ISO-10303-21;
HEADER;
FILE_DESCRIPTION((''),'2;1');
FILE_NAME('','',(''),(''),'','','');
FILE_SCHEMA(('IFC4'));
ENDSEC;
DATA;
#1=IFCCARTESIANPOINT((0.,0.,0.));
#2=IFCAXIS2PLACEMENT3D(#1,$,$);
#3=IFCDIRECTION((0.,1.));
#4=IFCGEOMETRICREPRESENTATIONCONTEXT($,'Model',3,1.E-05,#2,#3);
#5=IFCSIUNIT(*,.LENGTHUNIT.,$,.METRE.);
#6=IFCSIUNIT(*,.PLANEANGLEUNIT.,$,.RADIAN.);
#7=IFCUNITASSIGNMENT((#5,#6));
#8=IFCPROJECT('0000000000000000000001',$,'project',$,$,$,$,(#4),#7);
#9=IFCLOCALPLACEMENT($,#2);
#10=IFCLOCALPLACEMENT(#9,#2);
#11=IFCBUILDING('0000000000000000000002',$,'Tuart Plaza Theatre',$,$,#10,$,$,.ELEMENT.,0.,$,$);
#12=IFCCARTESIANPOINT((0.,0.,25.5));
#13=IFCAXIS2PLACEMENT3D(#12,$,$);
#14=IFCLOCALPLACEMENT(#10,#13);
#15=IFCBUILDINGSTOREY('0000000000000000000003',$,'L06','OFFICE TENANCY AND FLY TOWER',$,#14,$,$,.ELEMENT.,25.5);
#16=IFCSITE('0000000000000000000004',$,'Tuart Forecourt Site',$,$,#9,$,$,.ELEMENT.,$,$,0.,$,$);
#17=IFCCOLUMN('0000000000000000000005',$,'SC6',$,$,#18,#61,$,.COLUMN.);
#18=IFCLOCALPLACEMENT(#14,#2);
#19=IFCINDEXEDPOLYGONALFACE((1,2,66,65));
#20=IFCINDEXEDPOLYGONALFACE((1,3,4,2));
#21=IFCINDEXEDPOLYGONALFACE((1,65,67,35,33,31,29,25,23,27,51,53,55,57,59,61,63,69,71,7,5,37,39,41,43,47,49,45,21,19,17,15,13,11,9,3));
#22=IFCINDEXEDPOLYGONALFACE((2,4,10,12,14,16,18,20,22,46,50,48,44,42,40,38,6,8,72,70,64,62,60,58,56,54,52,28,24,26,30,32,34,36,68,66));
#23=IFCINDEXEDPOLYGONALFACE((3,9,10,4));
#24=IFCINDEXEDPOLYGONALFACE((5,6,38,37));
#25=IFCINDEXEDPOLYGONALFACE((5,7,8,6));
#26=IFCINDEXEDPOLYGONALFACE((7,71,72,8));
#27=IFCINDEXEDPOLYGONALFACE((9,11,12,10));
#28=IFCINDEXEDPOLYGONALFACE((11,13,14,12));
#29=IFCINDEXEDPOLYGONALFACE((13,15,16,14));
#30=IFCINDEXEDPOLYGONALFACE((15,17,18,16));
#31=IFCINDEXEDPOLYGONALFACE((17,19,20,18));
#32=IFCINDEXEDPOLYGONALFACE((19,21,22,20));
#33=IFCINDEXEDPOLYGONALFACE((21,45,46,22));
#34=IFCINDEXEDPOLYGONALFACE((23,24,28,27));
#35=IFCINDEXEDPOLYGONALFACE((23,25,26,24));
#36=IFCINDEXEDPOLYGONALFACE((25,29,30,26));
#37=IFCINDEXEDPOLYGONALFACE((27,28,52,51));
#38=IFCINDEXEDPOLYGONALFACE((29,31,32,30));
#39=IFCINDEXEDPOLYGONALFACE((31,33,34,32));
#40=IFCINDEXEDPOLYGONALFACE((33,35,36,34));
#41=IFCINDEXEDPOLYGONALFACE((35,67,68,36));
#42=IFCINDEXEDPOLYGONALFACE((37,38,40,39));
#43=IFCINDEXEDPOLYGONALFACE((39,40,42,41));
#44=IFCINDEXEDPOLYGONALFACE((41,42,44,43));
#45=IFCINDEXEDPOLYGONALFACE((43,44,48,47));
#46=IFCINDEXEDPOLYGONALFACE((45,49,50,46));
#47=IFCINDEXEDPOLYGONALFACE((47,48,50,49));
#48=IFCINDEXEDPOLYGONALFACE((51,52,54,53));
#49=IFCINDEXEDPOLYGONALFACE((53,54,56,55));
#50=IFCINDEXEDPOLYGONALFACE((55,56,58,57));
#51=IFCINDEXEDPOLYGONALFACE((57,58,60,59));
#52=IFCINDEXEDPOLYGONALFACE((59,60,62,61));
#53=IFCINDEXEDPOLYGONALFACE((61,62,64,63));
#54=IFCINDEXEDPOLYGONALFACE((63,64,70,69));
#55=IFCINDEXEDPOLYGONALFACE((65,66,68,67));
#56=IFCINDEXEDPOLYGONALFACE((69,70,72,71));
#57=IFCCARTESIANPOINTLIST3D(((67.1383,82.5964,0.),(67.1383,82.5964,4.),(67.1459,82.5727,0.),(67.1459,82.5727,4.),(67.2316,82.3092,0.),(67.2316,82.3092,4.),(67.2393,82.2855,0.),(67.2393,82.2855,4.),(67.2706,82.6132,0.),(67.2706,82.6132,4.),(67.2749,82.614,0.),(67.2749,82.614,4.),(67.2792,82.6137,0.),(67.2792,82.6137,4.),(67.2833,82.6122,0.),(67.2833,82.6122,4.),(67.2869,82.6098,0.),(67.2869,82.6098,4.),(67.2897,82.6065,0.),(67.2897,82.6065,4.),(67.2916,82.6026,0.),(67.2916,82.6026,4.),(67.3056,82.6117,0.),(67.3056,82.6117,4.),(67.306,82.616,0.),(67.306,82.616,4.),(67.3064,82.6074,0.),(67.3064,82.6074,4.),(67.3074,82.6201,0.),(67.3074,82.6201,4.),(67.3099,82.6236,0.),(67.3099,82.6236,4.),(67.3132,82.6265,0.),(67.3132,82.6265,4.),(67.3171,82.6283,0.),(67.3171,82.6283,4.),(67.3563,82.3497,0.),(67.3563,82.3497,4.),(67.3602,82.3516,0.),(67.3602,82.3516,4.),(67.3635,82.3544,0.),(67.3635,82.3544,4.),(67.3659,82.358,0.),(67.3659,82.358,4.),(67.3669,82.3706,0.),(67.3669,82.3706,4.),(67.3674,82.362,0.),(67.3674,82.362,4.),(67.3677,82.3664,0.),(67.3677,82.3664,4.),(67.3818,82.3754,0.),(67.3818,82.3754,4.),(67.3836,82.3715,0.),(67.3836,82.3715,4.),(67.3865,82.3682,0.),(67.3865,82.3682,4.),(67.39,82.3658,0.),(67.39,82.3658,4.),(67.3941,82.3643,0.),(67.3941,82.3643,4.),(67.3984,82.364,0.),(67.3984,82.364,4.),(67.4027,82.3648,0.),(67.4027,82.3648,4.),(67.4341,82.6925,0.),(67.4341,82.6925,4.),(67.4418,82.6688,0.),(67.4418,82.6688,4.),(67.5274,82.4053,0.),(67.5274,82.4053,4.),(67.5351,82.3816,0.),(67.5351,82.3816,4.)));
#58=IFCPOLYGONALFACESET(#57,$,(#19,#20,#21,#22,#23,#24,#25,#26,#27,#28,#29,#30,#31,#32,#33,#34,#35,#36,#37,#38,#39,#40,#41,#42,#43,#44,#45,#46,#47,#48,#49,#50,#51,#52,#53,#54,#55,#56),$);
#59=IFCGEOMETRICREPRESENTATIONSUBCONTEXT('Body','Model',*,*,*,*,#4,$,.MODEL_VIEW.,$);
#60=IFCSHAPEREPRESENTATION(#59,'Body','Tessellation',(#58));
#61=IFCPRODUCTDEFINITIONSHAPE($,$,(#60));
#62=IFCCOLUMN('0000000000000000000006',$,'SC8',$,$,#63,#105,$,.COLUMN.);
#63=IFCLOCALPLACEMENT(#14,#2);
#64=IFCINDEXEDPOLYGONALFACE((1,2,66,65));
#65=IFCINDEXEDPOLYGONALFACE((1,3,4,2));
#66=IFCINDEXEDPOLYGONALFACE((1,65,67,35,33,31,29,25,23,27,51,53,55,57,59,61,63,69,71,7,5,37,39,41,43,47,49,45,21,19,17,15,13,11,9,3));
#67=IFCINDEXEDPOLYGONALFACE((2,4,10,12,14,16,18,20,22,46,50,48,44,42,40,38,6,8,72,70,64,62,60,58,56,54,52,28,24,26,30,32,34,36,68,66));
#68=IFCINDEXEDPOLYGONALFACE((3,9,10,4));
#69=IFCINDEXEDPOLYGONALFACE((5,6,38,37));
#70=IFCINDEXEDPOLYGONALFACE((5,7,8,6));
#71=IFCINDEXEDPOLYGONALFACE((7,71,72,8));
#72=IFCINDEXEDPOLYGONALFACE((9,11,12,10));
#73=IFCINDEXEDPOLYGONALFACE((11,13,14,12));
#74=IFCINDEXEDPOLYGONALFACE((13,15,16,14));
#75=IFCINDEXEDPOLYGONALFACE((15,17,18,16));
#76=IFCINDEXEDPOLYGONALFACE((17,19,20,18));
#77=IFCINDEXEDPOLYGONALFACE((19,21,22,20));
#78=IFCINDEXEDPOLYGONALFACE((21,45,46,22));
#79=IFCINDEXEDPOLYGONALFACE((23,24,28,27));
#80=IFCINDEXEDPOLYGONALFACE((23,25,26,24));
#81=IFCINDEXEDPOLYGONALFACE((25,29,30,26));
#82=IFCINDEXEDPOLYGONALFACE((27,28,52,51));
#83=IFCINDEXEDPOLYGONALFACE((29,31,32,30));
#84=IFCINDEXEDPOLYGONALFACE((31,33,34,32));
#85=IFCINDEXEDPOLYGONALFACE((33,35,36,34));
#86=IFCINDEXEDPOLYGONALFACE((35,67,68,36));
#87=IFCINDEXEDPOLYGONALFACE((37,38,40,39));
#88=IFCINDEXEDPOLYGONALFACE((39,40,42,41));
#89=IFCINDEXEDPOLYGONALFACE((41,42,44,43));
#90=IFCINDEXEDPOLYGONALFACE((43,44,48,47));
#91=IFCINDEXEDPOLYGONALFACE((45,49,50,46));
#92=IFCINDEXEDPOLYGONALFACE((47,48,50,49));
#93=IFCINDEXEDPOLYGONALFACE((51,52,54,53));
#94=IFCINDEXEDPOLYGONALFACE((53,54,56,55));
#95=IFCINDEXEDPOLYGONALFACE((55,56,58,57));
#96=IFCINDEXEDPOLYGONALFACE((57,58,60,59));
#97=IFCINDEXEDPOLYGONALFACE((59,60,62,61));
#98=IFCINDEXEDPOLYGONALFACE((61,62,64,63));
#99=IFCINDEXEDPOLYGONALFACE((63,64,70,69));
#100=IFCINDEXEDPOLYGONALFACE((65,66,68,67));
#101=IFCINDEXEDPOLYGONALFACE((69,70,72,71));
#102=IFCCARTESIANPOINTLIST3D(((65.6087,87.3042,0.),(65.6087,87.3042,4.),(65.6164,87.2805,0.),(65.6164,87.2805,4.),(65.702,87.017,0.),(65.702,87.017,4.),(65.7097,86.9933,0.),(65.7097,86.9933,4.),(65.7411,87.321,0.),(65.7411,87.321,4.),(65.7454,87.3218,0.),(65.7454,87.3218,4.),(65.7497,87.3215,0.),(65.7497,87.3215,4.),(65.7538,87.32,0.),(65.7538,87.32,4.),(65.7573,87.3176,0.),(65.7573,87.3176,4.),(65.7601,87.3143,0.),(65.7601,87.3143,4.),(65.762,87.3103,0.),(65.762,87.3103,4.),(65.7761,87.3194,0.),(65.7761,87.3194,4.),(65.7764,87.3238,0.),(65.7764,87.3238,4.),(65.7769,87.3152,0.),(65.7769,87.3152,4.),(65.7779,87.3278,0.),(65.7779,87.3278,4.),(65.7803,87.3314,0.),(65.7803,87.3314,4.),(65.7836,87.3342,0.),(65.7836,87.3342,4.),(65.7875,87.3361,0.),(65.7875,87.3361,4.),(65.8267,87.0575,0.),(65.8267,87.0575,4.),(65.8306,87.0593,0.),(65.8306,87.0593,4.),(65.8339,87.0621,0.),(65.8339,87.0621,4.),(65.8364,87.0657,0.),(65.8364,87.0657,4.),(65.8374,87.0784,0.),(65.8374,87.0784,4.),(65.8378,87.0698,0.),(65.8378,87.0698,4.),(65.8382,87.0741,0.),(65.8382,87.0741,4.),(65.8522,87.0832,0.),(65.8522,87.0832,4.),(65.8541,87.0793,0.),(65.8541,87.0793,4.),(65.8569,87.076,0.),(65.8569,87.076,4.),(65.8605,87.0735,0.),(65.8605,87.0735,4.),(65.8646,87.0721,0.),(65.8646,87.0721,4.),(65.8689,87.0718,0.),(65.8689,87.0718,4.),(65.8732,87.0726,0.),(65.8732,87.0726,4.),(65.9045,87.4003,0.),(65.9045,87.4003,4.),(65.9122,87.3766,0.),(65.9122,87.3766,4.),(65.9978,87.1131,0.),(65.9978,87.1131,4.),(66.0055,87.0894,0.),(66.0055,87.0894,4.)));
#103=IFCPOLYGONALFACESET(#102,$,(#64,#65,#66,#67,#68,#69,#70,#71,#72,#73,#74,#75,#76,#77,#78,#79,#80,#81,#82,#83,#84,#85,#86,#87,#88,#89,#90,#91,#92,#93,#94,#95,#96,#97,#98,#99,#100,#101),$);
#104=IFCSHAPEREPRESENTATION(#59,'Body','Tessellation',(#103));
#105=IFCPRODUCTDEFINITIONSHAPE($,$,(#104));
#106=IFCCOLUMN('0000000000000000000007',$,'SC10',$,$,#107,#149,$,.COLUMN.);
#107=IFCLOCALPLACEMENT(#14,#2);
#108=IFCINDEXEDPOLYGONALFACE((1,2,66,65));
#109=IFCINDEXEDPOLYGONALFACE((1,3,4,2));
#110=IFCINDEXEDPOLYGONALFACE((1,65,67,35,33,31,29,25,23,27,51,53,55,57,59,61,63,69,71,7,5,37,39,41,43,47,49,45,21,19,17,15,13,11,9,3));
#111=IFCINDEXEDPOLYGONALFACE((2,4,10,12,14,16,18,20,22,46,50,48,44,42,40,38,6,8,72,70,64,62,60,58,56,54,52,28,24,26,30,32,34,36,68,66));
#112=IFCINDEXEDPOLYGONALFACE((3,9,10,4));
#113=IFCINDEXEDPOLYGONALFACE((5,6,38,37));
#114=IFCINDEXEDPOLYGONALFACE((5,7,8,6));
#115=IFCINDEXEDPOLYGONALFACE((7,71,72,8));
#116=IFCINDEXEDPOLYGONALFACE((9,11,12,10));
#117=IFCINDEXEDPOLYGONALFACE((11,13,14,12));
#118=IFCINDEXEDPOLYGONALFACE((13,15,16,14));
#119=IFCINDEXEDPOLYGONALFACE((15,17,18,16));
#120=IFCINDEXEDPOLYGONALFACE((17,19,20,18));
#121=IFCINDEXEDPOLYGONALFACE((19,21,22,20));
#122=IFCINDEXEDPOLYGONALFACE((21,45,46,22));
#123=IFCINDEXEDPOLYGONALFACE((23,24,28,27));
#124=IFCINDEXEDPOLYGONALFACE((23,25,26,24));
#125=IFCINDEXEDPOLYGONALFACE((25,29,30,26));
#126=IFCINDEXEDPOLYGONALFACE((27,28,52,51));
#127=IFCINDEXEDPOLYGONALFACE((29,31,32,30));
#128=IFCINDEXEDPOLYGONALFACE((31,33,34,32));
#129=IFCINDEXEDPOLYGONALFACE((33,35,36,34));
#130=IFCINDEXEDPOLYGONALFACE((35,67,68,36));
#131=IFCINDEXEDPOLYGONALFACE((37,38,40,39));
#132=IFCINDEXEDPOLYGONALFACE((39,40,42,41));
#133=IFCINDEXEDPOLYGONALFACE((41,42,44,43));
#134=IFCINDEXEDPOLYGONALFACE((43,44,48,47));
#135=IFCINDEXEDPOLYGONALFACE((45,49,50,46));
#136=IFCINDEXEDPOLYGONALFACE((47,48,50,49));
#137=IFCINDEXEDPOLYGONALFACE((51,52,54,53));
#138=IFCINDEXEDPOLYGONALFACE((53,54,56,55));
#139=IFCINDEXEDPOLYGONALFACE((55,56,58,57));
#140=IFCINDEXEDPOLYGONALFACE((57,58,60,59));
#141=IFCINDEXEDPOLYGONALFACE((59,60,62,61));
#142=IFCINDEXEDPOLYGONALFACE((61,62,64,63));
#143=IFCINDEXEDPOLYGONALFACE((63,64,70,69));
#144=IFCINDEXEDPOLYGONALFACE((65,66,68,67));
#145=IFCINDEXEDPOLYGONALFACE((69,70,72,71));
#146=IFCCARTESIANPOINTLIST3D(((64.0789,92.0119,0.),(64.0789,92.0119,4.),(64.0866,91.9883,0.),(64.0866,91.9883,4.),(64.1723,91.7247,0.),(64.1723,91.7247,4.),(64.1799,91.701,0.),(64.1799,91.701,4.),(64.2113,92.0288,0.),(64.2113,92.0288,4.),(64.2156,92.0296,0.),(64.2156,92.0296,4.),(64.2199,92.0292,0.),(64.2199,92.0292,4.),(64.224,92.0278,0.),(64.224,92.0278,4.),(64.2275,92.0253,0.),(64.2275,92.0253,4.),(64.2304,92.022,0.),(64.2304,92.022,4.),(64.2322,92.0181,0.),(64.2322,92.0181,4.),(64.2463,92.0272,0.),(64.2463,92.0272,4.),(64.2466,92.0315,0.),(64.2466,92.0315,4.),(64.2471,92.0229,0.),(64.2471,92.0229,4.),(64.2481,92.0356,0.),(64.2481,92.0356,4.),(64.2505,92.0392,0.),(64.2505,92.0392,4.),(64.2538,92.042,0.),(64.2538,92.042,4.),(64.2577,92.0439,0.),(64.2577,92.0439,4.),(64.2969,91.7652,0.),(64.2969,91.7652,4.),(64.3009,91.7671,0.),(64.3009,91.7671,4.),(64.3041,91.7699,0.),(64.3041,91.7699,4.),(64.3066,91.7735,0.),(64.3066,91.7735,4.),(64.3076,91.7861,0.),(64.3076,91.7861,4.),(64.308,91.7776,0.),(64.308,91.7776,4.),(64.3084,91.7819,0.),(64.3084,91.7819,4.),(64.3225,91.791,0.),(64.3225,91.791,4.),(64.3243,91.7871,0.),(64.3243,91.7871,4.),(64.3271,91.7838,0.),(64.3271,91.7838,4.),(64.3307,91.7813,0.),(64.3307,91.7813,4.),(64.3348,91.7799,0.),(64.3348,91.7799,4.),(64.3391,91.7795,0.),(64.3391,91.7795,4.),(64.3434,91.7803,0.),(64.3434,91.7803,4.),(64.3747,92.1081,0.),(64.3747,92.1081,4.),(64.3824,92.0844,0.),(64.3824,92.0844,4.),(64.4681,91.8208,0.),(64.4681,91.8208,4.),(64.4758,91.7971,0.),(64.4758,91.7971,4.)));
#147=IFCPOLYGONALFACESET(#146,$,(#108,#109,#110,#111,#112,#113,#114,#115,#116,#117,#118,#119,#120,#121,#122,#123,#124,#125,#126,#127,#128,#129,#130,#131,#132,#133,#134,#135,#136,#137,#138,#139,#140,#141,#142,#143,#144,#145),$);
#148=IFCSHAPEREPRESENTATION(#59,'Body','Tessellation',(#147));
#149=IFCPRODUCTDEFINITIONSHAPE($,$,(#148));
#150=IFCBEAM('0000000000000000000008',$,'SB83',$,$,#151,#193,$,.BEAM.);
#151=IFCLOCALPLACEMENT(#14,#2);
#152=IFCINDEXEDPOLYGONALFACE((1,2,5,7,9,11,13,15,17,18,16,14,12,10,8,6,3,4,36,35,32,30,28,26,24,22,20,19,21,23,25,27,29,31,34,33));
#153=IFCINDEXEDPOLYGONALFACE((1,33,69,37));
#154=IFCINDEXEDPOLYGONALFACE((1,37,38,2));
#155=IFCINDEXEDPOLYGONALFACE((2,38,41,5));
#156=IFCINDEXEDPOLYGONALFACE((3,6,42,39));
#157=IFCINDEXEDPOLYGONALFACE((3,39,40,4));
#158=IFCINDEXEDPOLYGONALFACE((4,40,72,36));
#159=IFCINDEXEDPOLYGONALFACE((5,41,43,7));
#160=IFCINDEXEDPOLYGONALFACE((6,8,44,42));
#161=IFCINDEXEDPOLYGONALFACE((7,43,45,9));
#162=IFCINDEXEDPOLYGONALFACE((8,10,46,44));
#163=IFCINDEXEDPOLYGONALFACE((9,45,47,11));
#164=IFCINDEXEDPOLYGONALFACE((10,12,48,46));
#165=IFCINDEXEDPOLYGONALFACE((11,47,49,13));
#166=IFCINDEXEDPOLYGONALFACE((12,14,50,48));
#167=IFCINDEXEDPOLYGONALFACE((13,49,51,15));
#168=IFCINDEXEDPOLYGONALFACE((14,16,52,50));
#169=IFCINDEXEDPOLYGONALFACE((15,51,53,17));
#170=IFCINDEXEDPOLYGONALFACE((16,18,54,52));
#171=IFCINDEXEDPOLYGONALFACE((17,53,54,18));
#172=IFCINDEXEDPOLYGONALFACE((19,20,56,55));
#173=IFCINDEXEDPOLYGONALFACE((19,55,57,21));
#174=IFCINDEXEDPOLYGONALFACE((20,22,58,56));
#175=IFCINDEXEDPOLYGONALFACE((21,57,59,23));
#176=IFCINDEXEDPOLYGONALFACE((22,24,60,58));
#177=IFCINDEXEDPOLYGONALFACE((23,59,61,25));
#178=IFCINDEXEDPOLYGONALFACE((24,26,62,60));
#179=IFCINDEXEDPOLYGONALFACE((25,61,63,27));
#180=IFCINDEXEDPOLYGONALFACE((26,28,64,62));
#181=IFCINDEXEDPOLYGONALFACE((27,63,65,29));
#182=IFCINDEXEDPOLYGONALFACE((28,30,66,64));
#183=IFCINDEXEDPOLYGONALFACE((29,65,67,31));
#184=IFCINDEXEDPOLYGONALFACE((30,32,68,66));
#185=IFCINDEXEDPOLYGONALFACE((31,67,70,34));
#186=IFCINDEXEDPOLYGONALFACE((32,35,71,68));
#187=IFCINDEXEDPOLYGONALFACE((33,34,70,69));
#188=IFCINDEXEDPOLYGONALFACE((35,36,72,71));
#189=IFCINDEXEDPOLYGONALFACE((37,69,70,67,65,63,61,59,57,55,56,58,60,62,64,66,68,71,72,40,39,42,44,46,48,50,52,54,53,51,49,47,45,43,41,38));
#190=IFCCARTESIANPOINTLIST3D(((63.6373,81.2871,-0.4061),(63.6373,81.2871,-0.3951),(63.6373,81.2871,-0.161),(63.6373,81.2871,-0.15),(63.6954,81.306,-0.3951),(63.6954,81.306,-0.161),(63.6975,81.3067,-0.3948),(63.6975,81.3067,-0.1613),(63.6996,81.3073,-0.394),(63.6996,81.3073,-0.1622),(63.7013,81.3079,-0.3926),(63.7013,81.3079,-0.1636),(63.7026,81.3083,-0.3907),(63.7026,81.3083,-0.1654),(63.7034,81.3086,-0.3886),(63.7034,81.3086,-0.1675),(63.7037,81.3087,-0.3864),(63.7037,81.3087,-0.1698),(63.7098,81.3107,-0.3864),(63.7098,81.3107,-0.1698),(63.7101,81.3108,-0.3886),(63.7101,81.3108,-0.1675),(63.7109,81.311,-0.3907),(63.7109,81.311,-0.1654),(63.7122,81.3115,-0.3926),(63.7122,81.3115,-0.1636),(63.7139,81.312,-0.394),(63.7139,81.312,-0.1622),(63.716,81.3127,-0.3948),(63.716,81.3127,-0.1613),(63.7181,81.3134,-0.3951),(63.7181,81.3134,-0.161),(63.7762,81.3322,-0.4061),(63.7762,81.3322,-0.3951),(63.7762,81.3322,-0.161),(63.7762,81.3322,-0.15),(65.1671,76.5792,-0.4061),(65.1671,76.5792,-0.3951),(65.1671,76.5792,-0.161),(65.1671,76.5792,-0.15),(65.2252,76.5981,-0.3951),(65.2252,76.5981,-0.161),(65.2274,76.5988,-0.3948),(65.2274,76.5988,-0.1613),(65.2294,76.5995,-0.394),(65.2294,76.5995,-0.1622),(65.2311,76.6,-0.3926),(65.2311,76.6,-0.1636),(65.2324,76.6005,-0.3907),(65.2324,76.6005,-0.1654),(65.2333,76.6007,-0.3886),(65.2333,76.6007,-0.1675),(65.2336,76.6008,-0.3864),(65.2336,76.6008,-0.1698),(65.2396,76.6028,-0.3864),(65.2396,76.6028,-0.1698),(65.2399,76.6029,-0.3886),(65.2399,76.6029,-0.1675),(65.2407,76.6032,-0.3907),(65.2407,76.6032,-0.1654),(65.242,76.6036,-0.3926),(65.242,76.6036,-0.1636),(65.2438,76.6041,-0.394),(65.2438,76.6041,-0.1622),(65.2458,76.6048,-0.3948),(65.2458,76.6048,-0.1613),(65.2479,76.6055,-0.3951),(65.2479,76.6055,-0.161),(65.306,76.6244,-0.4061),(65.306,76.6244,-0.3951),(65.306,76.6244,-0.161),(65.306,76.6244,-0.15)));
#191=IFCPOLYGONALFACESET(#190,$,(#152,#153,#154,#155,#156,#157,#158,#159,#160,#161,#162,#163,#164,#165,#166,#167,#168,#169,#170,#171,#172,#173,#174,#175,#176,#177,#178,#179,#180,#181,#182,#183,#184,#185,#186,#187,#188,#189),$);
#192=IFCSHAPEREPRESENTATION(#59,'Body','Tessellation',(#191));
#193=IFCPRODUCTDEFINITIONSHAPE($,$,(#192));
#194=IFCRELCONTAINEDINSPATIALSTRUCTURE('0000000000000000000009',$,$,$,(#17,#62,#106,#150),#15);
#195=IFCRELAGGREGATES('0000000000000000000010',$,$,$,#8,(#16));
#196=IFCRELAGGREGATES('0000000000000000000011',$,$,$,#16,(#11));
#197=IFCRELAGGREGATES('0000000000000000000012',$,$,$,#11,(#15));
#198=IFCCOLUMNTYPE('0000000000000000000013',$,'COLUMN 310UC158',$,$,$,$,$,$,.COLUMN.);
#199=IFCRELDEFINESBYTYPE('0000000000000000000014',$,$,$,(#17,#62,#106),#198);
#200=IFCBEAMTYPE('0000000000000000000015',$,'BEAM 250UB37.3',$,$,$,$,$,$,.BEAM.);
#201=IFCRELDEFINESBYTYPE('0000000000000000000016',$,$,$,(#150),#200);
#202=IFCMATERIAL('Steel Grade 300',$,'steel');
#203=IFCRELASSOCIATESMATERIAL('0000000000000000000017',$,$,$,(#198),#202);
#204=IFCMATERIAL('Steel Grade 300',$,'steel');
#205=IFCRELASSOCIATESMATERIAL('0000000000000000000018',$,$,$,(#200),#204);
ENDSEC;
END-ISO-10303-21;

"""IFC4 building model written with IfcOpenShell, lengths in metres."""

from ifc_helpers import new_model, si_unit, direction, frame, origin, origin_2d, place, context, subcontext, project, spatial, i_section, extrude, material, material_profile, profile_set, type_object, element, save


model = new_model("IFC4")

# Units and contexts
model_context = context("Model", 3, precision=1e-05, world=origin(), true_north=direction((0.0, 1.0)))
body_context = subcontext(model_context, "Body", "Model", "MODEL_VIEW")
ifc_project = project(units=[si_unit("LENGTHUNIT", "METRE"), si_unit("PLANEANGLEUNIT", "RADIAN")], contexts=[model_context])

# Site, building, storey
site_placement = place(None, origin())
site = spatial("IfcSite", under=ifc_project, at=site_placement, Name="Tuart Forecourt Site", CompositionType="ELEMENT", RefElevation=0.0)
building_placement = place(site_placement, origin())
building = spatial("IfcBuilding", under=site, at=building_placement, Name="Tuart Plaza Theatre", CompositionType="ELEMENT", ElevationOfRefHeight=0.0)
storey_placement = place(building_placement, frame((0.0, 0.0, 25.5)))
storey = spatial("IfcBuildingStorey", under=building, at=storey_placement, Name="L06", Description="OFFICE TENANCY AND FLY TOWER", CompositionType="ELEMENT", Elevation=25.5)

# Columns
ifc_material_1 = material(Name="Steel Grade 300", Category="steel")
ifc_material_profile_1 = material_profile(ifc_material_1, i_section(OverallWidth=0.311, OverallDepth=0.3269, WebThickness=0.0156, FlangeThickness=0.0249, FilletRadius=0.0166, at=origin_2d()), Name="310UC158")
ifc_profile_set_1 = profile_set([ifc_material_profile_1], Name="Steel Grade 300")
column_type = type_object("IfcColumnType", Name="COLUMN 310UC158", PredefinedType="COLUMN", material=ifc_profile_set_1)
for number, where, z_axis, x_axis, name in (
    (1, (67.3367, 82.489, 0.0), (0.0, 0.0, 1.0), (0.951057, 0.309017, 0.0), "SC6"),
    (2, (65.8071, 87.1968, 0.0), (0.0, 0.0, 1.0), (0.951057, 0.309017, 0.0), "SC8"),
    (3, (64.2773, 91.9045, 0.0), (0.0, 0.0, 1.0), (0.951057, 0.309017, 0.0), "SC10"),
):
    element("IfcColumn", number, at=place(storey_placement, frame(where, z_axis=z_axis, x_axis=x_axis)), inside=storey, type_object=column_type, Name=name, PredefinedType="COLUMN", context=body_context, shape_type="SweptSolid", body=[
        extrude(i_section(OverallWidth=0.311, OverallDepth=0.3269, WebThickness=0.0156, FlangeThickness=0.0249, FilletRadius=0.0166, at=origin_2d()), origin(), (0.0, 0.0, 1.0), 4.0),
    ])

# Beam
ifc_material_2 = material(Name="Steel Grade 300", Category="steel")
ifc_material_profile_2 = material_profile(ifc_material_2, i_section(OverallWidth=0.146, OverallDepth=0.2561, WebThickness=0.0063, FlangeThickness=0.011, FilletRadius=0.0088, at=origin_2d()), Name="250UB37.3")
ifc_profile_set_2 = profile_set([ifc_material_profile_2], Name="Steel Grade 300")
beam_type_1 = type_object("IfcBeamType", Name="BEAM 250UB37.3", PredefinedType="BEAM", material=ifc_profile_set_2)
beam_1_placement = place(storey_placement, frame((65.2366, 76.6018, -0.2781), z_axis=(-0.309043, 0.951048, 0.0), x_axis=(-0.951048, -0.309043, 0.0)))
element("IfcBeam", 4, at=beam_1_placement, inside=storey, type_object=beam_type_1, Name="SB83", PredefinedType="BEAM", context=body_context, shape_type="SweptSolid", body=[
    extrude(i_section(OverallWidth=0.146, OverallDepth=0.2561, WebThickness=0.0063, FlangeThickness=0.011, FilletRadius=0.0088, at=origin_2d()), origin(), (0.0, 0.0, 1.0), 4.9502),
])

save(model, "model.ifc")
